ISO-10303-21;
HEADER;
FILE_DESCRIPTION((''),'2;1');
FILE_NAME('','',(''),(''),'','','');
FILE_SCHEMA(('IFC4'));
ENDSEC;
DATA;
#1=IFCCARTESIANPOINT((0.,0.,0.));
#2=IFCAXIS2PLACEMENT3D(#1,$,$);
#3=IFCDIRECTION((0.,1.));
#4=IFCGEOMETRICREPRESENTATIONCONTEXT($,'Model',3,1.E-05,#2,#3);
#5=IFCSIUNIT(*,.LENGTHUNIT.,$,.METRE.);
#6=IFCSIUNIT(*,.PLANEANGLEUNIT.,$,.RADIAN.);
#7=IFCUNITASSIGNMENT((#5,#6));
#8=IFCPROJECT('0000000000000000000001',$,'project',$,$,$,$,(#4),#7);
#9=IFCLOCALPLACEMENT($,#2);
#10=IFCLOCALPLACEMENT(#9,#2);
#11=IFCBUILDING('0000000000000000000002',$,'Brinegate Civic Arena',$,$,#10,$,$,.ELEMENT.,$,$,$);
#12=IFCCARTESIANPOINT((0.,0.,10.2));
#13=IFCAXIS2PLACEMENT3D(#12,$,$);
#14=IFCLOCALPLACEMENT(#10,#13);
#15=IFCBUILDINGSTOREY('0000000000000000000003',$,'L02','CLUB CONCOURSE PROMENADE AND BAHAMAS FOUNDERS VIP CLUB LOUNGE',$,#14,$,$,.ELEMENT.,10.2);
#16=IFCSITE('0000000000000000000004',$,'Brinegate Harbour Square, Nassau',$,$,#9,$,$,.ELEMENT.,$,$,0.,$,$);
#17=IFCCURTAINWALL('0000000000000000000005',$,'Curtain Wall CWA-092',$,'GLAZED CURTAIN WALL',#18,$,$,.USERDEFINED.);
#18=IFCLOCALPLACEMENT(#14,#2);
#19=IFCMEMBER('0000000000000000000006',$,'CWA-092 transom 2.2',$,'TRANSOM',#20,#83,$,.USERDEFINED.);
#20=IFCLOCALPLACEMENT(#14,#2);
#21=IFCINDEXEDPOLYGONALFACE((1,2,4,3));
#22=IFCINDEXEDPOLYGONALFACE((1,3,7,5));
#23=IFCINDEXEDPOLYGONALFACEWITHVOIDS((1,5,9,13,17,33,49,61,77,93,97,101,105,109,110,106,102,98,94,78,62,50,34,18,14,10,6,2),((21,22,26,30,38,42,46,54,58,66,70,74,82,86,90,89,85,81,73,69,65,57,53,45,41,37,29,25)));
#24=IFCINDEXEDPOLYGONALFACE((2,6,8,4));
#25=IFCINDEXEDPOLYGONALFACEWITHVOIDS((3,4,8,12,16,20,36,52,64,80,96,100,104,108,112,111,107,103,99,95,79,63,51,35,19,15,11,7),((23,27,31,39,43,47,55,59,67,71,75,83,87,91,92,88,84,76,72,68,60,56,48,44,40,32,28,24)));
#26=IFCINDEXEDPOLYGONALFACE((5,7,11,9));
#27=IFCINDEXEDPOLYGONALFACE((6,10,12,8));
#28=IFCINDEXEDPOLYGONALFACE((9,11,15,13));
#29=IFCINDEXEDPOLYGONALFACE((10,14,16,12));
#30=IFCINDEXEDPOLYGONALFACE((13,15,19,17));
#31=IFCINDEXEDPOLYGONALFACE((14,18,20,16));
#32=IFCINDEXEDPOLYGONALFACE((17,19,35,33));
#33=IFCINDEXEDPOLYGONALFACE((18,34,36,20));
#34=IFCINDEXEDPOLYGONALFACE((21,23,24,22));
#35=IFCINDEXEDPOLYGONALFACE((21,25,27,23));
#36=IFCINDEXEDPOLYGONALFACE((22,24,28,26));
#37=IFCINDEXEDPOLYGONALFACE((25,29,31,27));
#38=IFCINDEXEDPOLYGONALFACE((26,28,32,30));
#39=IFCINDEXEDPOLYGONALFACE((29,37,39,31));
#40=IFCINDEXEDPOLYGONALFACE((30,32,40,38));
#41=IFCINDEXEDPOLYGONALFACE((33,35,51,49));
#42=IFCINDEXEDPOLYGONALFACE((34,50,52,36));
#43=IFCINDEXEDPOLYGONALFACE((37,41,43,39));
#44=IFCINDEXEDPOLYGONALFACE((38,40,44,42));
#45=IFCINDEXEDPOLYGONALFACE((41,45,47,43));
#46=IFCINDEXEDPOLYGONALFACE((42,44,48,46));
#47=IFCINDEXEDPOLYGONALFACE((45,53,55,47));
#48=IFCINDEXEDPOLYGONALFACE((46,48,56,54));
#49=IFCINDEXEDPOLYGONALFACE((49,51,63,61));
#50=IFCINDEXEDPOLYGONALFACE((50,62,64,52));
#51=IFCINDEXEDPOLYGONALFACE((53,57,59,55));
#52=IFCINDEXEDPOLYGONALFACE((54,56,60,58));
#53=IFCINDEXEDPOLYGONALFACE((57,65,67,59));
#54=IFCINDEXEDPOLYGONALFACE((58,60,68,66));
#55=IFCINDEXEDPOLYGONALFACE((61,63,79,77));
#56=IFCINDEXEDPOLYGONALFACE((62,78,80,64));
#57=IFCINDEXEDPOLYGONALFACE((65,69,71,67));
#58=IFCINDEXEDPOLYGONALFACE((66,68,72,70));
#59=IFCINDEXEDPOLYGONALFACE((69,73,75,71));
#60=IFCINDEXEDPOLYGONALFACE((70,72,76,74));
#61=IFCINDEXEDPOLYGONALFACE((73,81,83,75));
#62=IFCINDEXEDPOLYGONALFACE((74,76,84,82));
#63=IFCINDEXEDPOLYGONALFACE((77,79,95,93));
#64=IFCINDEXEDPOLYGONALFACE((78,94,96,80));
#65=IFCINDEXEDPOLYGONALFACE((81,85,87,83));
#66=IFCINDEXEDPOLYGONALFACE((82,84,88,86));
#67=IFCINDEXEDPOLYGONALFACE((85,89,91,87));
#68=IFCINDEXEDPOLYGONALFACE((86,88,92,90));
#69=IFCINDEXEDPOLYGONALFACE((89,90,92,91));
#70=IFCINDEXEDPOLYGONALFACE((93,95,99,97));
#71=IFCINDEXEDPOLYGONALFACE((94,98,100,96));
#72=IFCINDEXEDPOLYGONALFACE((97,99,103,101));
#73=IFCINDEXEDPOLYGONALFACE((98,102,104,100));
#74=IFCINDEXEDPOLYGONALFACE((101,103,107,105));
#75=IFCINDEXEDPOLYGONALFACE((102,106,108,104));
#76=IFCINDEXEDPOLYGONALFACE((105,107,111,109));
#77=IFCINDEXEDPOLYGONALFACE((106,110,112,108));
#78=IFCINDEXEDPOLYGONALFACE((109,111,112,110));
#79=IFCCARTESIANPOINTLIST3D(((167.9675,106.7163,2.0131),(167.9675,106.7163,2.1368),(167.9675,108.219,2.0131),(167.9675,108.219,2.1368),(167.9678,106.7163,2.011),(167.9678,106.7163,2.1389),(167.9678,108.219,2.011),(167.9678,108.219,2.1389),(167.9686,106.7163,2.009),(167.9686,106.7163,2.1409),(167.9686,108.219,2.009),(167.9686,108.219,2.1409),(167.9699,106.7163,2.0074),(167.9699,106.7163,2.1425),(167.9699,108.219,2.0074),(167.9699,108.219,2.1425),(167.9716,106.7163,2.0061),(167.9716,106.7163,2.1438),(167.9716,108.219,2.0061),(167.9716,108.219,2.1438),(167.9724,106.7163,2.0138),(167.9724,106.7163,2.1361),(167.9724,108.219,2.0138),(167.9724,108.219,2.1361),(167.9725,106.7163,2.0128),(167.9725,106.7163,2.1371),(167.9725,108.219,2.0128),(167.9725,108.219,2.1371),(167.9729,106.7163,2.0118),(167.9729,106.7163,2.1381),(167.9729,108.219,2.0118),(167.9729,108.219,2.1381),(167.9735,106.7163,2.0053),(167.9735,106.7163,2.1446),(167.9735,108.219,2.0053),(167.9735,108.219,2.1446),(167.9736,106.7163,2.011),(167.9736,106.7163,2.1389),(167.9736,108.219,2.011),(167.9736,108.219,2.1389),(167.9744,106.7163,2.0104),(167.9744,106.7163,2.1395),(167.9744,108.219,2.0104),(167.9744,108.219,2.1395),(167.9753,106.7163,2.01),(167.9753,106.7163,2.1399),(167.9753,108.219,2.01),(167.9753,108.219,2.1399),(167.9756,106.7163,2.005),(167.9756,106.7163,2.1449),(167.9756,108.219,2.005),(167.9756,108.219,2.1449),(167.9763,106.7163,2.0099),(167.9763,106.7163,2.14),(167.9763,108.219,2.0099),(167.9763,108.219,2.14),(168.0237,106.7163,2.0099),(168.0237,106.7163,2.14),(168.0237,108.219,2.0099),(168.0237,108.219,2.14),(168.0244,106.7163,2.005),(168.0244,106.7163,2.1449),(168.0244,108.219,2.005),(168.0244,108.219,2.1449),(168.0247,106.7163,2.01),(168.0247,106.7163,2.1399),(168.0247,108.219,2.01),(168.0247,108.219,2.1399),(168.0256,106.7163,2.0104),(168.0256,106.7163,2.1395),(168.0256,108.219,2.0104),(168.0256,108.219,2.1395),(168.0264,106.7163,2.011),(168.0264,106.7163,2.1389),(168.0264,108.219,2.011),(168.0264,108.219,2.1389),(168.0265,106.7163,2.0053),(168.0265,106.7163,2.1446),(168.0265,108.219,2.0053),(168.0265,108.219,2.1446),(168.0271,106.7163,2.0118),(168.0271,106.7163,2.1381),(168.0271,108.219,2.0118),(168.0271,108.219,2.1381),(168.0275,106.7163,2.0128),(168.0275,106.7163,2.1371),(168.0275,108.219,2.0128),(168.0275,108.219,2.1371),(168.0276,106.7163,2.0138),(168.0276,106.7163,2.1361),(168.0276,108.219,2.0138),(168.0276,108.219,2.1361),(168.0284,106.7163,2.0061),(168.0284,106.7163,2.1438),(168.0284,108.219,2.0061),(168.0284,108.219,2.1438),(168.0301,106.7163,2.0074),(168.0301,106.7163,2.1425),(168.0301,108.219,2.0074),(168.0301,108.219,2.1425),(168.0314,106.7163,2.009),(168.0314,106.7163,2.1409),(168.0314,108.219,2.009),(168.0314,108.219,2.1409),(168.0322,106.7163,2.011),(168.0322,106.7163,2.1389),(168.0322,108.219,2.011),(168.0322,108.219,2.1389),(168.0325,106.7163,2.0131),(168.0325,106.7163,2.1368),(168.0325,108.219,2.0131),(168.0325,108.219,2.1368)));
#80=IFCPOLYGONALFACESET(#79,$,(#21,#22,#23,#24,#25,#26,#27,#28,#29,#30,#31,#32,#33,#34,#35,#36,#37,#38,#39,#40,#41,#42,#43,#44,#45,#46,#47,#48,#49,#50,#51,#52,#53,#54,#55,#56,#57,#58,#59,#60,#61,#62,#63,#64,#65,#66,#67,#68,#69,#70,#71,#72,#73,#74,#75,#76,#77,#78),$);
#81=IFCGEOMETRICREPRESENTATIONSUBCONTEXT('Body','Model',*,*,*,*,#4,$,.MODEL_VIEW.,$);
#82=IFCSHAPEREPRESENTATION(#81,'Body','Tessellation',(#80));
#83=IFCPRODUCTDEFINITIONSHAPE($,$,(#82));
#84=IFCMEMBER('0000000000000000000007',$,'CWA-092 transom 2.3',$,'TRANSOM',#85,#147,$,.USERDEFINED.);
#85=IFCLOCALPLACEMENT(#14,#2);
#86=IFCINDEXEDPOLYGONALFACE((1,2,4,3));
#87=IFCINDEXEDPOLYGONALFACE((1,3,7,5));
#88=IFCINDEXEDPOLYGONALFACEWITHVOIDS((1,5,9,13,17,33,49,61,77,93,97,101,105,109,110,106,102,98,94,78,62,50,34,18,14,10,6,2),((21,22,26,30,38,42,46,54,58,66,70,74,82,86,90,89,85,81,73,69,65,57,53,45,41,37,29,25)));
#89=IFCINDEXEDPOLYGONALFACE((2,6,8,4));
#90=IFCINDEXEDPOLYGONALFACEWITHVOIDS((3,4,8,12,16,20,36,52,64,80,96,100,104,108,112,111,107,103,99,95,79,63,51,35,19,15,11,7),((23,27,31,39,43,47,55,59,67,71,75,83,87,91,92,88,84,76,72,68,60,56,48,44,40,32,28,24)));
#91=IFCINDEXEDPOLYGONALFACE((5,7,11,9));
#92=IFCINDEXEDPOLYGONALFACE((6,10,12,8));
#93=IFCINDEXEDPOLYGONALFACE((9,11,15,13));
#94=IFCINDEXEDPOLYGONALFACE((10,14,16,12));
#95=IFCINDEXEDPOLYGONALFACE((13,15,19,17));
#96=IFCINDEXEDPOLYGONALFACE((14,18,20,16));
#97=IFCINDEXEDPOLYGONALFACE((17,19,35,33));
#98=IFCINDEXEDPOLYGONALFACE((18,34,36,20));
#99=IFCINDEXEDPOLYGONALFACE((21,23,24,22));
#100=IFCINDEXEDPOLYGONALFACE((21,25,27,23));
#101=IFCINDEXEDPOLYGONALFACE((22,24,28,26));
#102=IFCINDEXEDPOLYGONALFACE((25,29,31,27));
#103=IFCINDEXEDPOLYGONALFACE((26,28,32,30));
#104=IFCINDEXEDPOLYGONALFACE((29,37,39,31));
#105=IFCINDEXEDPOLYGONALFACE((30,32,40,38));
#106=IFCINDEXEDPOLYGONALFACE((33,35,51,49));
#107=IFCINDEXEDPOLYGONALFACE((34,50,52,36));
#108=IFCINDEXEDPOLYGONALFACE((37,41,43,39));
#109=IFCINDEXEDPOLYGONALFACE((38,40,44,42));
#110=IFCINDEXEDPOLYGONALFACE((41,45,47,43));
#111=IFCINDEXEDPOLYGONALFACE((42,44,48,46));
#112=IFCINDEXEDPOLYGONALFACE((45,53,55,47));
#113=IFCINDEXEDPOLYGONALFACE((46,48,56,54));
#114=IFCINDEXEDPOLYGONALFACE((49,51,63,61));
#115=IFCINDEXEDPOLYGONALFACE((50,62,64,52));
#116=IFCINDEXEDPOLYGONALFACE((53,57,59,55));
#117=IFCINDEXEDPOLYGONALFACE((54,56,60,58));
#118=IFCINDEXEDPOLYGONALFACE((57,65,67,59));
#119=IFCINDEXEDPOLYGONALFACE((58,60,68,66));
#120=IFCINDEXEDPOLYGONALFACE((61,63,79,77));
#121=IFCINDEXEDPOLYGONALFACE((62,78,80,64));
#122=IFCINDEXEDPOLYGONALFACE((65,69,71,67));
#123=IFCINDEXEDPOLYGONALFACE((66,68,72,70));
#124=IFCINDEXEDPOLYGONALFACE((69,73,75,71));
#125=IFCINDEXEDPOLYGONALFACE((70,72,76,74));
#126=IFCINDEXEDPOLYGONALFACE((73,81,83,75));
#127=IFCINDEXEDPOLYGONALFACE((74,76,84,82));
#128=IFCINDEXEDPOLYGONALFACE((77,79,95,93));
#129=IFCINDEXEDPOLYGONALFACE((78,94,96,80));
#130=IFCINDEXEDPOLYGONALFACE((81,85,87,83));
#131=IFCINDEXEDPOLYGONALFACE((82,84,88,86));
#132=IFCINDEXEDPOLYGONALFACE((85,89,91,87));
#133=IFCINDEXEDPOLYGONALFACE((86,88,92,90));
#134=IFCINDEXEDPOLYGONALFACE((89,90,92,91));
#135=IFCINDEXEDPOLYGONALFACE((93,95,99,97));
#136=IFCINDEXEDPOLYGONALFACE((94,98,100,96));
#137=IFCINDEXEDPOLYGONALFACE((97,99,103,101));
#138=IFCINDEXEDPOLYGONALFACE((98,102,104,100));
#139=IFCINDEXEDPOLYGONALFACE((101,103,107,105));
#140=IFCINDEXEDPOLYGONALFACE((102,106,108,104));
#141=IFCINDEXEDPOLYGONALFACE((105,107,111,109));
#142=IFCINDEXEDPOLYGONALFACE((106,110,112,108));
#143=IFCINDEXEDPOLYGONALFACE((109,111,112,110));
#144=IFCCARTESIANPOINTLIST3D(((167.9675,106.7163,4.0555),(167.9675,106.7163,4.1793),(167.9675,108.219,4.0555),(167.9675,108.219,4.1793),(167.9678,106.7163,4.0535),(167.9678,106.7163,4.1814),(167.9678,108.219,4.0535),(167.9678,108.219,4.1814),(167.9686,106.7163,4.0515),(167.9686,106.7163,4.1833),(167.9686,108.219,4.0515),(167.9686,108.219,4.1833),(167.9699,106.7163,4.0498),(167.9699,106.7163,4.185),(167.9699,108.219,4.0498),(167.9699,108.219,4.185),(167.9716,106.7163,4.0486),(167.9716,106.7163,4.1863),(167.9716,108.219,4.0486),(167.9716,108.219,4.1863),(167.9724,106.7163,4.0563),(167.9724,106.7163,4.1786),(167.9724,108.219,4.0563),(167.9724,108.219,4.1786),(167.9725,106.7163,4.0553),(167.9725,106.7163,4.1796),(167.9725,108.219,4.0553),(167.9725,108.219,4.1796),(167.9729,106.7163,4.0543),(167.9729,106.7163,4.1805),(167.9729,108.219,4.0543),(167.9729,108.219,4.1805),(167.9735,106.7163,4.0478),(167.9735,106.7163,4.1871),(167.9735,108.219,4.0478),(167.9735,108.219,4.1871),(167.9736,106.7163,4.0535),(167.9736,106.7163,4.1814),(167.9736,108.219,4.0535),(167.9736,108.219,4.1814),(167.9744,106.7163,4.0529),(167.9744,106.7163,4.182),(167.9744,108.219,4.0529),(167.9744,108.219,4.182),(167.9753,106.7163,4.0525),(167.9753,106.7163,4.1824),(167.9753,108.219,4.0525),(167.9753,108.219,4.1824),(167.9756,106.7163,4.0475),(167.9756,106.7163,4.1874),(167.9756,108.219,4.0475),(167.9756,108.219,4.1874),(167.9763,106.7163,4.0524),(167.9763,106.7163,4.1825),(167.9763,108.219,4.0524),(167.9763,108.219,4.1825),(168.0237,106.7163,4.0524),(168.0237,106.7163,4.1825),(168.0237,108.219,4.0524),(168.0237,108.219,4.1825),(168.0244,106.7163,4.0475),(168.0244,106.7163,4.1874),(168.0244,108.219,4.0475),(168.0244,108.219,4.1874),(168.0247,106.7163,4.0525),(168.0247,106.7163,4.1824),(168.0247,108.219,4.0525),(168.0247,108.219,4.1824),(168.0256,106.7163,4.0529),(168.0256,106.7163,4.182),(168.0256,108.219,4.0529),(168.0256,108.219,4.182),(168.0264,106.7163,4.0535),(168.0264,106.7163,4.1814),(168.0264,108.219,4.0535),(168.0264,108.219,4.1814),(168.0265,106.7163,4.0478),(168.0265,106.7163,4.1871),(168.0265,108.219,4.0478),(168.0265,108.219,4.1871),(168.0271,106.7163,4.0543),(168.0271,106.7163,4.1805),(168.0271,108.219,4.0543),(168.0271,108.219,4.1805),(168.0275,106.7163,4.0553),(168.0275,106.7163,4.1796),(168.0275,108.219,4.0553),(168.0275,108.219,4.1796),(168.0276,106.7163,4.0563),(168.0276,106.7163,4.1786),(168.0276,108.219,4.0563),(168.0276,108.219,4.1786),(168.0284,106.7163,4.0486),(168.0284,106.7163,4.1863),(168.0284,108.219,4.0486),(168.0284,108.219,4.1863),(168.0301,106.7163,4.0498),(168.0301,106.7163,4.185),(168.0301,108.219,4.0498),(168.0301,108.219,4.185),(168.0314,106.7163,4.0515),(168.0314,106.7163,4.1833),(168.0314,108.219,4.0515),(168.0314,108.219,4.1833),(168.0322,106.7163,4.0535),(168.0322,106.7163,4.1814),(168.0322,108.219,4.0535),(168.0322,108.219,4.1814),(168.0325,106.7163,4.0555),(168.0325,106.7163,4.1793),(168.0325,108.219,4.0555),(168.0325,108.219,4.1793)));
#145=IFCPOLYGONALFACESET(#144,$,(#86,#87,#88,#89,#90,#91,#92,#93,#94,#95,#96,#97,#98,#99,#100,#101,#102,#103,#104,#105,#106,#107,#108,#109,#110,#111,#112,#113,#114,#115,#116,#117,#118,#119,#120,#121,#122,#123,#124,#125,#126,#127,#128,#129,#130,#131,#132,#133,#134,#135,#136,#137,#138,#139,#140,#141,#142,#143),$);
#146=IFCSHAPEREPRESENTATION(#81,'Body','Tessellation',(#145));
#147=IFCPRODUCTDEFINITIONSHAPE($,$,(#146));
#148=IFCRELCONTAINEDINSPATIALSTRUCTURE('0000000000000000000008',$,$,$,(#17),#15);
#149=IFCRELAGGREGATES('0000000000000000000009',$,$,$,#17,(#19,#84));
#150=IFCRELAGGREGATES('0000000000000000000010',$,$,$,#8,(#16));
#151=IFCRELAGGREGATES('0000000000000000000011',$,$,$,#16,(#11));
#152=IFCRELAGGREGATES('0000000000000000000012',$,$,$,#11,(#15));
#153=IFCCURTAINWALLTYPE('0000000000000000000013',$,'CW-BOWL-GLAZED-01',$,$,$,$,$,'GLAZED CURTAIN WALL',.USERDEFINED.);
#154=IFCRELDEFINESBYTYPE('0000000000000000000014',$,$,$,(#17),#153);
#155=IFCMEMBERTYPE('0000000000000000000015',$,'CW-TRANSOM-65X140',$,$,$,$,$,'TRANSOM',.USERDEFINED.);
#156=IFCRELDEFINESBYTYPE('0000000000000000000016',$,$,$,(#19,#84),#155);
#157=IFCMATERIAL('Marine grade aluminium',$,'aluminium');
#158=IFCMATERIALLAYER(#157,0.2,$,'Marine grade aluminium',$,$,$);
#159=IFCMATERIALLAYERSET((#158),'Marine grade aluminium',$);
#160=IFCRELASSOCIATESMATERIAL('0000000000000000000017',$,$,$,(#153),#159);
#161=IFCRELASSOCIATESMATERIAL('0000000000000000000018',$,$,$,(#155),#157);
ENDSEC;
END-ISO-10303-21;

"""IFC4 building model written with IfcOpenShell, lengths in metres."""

from ifc_helpers import new_model, si_unit, direction, frame, origin, origin_2d, place, context, subcontext, project, spatial, hollow_rectangle, extrude, material, layer, layer_set, material_profile, profile_set, type_object, element, aggregate, save


model = new_model("IFC4")

# Units and contexts
model_context = context("Model", 3, precision=1e-05, world=origin(), true_north=direction((0.0, 1.0)))
body_context = subcontext(model_context, "Body", "Model", "MODEL_VIEW")
ifc_project = project(units=[si_unit("LENGTHUNIT", "METRE"), si_unit("PLANEANGLEUNIT", "RADIAN")], contexts=[model_context])

# Site, building, storey
site_placement = place(None, origin())
site = spatial("IfcSite", under=ifc_project, at=site_placement, Name="Brinegate Harbour Square, Nassau", CompositionType="ELEMENT", RefElevation=0.0)
building_placement = place(site_placement, origin())
building = spatial("IfcBuilding", under=site, at=building_placement, Name="Brinegate Civic Arena", CompositionType="ELEMENT")
storey_placement = place(building_placement, frame((0.0, 0.0, 10.2)))
storey = spatial("IfcBuildingStorey", under=building, at=storey_placement, Name="L02", Description="CLUB CONCOURSE PROMENADE AND BAHAMAS FOUNDERS VIP CLUB LOUNGE", CompositionType="ELEMENT", Elevation=10.2)

# Curtain wall
ifc_material_1 = material(Name="Marine grade aluminium", Category="aluminium")
ifc_layer_1 = layer(ifc_material_1, 0.2, Name="Marine grade aluminium")
ifc_layer_set_1 = layer_set([ifc_layer_1], Name="Marine grade aluminium")
curtain_wall_type = type_object("IfcCurtainWallType", Name="CW-BOWL-GLAZED-01", ElementType="GLAZED CURTAIN WALL", PredefinedType="USERDEFINED", material=ifc_layer_set_1)
curtain_wall_1_placement = place(storey_placement, origin())
curtain_wall_1 = element("IfcCurtainWall", 1, at=curtain_wall_1_placement, inside=storey, type_object=curtain_wall_type, Name="Curtain Wall CWA-092", ObjectType="GLAZED CURTAIN WALL", PredefinedType="USERDEFINED")

# Members
ifc_material_profile_1 = material_profile(ifc_material_1, hollow_rectangle(XDim=0.0649, YDim=0.1399, WallThickness=0.0049, InnerFilletRadius=0.0039, OuterFilletRadius=0.0081, at=origin_2d()), Name="TRN65X140")
ifc_profile_set_1 = profile_set([ifc_material_profile_1], Name="Marine grade aluminium")
member_type_1 = type_object("IfcMemberType", Name="CW-TRANSOM-65X140", ElementType="TRANSOM", PredefinedType="USERDEFINED", material=ifc_profile_set_1)
member_1_placement = place(storey_placement, frame((168.0, 106.7163, 2.075), z_axis=(0.0, 1.0, 0.0), x_axis=(-1.0, 0.0, 0.0)))
member_1 = element("IfcMember", 2, at=member_1_placement, type_object=member_type_1, Name="CWA-092 transom 2.2", ObjectType="TRANSOM", PredefinedType="USERDEFINED", context=body_context, shape_type="SweptSolid", body=[
    extrude(hollow_rectangle(XDim=0.0649, YDim=0.1399, WallThickness=0.0049, InnerFilletRadius=0.0039, OuterFilletRadius=0.0081, at=origin_2d()), origin(), (0.0, 0.0, 1.0), 1.5027),
])
member_2_placement = place(storey_placement, frame((168.0, 106.7163, 4.1174), z_axis=(0.0, 1.0, 0.0), x_axis=(-1.0, 0.0, 0.0)))
member_2 = element("IfcMember", 3, at=member_2_placement, type_object=member_type_1, Name="CWA-092 transom 2.3", ObjectType="TRANSOM", PredefinedType="USERDEFINED", context=body_context, shape_type="SweptSolid", body=[
    extrude(hollow_rectangle(XDim=0.0649, YDim=0.1399, WallThickness=0.0049, InnerFilletRadius=0.0039, OuterFilletRadius=0.0081, at=origin_2d()), origin(), (0.0, 0.0, 1.0), 1.5027),
])

aggregate(curtain_wall_1, [member_1, member_2])

save(model, "model.ifc")
